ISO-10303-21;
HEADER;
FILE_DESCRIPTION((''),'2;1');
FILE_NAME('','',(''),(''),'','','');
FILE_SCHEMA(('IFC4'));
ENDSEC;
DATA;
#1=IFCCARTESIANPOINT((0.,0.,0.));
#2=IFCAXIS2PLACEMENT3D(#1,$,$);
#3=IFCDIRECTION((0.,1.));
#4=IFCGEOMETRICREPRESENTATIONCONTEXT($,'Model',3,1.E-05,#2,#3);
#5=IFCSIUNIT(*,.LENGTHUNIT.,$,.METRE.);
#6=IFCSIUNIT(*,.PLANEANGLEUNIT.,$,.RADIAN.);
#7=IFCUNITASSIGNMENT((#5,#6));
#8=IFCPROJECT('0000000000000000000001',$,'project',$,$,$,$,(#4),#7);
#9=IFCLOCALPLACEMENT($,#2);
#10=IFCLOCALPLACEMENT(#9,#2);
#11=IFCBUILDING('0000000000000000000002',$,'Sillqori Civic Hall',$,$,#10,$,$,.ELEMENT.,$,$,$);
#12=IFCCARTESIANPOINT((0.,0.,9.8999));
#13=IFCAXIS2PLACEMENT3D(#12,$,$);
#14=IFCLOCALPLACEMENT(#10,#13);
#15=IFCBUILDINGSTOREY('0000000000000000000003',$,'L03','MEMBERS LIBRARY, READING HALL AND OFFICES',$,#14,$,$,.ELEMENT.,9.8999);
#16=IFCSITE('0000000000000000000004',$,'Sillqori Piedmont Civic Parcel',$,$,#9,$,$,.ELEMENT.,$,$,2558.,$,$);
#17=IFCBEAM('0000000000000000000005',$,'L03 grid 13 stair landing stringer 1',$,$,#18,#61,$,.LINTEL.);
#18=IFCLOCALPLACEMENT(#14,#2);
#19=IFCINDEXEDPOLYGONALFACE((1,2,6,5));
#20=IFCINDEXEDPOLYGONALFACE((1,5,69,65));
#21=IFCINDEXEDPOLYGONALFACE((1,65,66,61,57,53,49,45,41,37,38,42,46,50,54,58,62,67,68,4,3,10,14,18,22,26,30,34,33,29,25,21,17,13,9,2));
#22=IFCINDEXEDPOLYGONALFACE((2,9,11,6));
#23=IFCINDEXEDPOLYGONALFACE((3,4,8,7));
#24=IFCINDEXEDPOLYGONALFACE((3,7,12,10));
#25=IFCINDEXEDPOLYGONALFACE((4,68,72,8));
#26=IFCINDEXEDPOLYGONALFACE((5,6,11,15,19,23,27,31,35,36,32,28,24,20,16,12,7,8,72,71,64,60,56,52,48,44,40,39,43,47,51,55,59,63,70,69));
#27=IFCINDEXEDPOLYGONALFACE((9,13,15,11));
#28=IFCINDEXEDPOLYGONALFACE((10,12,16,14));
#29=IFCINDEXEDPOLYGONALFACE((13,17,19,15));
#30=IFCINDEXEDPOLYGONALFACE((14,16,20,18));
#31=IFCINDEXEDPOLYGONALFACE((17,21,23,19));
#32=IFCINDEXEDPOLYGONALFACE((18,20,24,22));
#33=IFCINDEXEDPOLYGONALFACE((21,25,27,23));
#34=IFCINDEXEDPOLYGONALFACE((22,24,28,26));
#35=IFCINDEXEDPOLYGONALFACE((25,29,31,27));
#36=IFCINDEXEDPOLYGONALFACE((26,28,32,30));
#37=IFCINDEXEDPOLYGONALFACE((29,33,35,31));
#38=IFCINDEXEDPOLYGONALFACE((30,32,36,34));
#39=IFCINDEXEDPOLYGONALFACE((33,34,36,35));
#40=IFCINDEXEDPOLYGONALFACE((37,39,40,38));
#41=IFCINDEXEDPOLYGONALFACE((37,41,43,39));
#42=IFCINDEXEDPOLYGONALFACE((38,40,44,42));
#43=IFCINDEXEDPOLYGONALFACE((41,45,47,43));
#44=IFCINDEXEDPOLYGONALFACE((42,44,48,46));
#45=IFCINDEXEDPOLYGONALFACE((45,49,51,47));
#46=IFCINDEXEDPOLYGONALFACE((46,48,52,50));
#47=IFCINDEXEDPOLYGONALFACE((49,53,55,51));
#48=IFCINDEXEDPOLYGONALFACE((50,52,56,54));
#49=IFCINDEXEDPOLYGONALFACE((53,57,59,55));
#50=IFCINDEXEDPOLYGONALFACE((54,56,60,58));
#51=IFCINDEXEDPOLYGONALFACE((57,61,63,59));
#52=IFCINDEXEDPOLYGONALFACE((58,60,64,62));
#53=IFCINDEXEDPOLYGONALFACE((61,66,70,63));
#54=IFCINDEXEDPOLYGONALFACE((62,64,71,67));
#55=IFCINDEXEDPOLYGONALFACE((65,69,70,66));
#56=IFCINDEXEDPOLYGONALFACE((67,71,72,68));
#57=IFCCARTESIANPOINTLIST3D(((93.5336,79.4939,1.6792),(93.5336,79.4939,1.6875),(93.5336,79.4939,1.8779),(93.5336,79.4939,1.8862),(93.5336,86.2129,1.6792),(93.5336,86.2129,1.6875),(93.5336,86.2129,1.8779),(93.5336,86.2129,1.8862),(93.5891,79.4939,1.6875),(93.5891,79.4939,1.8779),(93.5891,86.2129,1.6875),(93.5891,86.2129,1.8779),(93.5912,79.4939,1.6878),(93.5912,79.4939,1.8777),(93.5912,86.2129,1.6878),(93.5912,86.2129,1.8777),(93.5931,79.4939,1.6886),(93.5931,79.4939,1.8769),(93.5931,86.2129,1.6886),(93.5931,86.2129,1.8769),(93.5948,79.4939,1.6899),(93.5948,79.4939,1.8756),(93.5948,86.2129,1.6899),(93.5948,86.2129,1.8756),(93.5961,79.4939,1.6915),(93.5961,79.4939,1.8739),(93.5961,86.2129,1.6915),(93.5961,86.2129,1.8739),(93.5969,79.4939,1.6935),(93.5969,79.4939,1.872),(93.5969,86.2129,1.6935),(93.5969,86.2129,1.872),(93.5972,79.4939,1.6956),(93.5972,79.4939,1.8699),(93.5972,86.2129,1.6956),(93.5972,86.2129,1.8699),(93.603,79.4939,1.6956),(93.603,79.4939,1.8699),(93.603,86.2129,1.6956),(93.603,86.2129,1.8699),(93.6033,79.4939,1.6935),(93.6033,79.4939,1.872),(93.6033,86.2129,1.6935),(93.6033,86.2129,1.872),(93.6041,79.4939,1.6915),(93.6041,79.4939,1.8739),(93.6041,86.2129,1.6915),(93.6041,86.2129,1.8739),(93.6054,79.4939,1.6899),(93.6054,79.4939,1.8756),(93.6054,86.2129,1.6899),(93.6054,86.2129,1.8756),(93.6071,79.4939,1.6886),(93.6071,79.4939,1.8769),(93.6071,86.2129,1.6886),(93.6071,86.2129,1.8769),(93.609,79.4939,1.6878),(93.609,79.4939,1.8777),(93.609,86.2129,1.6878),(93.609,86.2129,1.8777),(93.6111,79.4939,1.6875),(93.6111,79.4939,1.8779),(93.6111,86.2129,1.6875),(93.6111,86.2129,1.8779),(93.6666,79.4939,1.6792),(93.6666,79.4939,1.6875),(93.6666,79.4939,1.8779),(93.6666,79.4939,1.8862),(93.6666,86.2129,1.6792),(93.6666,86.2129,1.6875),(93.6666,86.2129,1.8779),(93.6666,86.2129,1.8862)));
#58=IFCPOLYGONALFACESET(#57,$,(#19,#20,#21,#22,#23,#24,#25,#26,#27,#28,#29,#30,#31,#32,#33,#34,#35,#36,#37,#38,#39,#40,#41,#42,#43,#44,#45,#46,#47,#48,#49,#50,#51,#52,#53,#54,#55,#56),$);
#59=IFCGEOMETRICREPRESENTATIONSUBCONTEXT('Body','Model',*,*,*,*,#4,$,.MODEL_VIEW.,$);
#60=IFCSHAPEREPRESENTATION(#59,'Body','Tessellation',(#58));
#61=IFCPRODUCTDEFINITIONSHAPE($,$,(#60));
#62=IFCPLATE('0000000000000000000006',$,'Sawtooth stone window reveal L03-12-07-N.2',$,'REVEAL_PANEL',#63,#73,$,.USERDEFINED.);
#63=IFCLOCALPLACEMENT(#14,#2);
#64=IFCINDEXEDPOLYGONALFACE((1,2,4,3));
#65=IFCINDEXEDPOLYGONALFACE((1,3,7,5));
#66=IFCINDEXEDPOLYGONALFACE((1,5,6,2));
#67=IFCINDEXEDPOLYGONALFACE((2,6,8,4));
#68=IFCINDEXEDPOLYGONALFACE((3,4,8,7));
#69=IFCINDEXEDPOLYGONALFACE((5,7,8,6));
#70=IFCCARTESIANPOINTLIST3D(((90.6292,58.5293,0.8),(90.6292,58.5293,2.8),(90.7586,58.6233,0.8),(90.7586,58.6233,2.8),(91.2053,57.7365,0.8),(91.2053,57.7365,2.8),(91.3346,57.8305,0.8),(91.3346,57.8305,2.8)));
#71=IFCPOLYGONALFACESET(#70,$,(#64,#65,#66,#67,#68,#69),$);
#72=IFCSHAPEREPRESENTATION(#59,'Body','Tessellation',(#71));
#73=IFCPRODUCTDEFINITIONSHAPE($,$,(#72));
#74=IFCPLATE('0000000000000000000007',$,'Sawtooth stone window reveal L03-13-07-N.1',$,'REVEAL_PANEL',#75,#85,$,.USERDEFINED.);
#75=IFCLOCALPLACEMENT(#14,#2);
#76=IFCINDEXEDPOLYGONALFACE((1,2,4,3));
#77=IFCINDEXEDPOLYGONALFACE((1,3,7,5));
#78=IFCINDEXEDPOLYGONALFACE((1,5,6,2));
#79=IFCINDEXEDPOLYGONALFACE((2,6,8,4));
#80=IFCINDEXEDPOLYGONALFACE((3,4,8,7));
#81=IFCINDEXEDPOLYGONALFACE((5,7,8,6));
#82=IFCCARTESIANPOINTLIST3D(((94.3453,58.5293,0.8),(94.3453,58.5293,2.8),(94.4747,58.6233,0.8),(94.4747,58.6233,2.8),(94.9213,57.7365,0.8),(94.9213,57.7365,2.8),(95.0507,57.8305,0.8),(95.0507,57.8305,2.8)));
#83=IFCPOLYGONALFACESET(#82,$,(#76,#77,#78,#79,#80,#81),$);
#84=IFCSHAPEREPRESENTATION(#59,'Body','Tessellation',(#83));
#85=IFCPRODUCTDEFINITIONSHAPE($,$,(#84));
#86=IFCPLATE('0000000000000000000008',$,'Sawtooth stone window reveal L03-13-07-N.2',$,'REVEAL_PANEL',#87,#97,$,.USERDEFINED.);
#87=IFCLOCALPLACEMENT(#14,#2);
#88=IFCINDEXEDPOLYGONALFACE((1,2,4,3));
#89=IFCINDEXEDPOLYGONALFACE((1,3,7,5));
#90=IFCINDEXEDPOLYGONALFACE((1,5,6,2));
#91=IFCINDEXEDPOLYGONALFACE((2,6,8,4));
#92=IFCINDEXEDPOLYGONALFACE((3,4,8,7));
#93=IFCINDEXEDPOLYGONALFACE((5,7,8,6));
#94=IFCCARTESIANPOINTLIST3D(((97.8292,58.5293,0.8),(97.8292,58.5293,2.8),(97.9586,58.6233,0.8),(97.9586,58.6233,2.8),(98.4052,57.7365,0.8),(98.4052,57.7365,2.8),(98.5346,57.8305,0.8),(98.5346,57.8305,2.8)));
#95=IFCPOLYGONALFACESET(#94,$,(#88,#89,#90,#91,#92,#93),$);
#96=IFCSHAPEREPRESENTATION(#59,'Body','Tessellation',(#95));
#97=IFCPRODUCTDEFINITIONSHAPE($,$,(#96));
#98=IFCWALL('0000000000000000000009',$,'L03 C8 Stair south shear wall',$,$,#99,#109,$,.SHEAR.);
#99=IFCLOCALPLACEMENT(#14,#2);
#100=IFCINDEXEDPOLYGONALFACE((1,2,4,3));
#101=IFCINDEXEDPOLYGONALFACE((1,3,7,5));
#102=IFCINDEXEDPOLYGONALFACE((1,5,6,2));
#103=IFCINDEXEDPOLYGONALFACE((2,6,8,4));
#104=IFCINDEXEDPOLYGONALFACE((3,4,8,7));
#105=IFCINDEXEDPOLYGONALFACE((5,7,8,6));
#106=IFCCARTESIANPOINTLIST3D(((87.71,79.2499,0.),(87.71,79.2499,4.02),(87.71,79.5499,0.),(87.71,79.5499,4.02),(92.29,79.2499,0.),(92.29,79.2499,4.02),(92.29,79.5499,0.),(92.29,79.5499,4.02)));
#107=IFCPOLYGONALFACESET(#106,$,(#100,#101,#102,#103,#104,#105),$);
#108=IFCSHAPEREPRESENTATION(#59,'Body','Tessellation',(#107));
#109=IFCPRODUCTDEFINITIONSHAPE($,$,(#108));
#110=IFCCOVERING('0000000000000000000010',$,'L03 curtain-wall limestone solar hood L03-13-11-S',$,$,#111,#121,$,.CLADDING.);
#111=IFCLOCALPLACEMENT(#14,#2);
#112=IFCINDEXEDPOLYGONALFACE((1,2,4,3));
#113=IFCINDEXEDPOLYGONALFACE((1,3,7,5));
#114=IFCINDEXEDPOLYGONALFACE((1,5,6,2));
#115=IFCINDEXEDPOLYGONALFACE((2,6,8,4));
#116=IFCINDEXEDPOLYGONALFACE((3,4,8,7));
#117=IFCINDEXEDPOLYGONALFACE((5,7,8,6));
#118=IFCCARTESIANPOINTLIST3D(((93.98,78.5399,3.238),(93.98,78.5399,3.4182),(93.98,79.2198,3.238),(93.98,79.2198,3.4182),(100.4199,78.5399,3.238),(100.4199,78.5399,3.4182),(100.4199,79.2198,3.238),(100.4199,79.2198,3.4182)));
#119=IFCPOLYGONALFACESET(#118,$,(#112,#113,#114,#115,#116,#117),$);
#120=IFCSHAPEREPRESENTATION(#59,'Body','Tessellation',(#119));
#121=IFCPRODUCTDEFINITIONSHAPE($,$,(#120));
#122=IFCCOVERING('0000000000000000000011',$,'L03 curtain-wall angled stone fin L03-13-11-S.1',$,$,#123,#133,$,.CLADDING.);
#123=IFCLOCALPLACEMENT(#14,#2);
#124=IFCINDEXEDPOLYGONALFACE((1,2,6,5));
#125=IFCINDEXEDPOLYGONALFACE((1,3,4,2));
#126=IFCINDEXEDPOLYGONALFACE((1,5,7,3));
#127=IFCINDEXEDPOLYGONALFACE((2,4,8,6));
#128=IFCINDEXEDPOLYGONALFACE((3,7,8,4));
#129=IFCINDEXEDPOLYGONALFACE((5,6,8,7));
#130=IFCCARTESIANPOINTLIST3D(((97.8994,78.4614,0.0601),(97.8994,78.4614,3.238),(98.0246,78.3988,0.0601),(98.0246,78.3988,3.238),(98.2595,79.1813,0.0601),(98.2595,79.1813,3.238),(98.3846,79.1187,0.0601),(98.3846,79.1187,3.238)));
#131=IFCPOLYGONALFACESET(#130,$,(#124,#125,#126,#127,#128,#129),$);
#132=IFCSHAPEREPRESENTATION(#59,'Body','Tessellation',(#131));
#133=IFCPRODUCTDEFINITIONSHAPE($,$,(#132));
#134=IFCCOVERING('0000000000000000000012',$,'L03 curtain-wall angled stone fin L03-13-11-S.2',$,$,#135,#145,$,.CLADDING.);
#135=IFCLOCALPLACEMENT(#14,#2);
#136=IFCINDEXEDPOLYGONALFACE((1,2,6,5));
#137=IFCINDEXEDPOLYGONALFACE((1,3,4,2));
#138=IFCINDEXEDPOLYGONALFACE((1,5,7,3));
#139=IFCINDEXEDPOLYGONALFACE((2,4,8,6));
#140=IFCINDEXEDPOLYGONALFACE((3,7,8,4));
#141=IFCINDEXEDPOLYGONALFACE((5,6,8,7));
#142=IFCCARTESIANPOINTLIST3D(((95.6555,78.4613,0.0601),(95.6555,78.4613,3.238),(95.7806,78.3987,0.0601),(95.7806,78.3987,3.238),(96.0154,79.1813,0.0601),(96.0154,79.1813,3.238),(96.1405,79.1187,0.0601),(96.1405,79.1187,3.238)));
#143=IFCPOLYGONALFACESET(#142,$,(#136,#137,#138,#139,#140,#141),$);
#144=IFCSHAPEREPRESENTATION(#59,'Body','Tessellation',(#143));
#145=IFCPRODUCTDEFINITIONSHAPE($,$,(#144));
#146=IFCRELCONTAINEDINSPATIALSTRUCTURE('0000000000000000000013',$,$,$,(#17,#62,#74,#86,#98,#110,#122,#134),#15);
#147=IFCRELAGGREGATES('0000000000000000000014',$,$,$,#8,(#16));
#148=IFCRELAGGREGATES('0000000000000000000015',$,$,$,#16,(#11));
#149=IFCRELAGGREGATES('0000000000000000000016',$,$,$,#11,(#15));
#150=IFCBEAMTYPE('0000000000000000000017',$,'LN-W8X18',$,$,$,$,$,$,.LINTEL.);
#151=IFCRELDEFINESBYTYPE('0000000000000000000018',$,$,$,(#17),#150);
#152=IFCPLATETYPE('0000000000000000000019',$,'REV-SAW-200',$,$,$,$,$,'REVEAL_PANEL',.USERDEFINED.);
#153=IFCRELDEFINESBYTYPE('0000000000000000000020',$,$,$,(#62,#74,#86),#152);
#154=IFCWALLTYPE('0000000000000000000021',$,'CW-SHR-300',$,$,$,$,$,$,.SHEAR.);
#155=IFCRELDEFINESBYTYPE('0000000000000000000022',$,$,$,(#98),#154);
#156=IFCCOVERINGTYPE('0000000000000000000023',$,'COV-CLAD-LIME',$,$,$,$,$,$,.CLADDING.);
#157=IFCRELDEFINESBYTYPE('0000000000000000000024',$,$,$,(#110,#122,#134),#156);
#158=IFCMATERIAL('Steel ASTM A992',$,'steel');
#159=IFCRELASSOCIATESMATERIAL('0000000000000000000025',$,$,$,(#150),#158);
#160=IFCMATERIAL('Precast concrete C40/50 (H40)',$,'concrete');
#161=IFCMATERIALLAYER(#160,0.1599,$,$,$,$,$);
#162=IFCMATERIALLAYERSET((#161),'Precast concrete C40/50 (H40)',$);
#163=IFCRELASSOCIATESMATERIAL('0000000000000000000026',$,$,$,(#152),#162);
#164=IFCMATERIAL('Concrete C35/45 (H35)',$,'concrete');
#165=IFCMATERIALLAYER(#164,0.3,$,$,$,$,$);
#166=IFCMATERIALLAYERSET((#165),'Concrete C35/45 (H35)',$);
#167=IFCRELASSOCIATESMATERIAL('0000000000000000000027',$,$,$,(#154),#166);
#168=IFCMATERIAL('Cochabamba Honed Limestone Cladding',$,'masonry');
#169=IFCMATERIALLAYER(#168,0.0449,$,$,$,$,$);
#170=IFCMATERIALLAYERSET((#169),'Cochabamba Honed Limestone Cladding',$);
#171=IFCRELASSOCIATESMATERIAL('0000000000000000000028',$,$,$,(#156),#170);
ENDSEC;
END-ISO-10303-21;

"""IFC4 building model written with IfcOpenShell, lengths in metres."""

from ifc_helpers import new_model, si_unit, direction, frame, frame_2d, origin, origin_2d, place, context, subcontext, project, spatial, rectangle, i_section, extrude, material, layer, layer_set, material_profile, profile_set, type_object, element, save


model = new_model("IFC4")

# Units and contexts
model_context = context("Model", 3, precision=1e-05, world=origin(), true_north=direction((0.0, 1.0)))
body_context = subcontext(model_context, "Body", "Model", "MODEL_VIEW")
ifc_project = project(units=[si_unit("LENGTHUNIT", "METRE"), si_unit("PLANEANGLEUNIT", "RADIAN")], contexts=[model_context])

# Site, building, storey
site_placement = place(None, origin())
site = spatial("IfcSite", under=ifc_project, at=site_placement, Name="Sillqori Piedmont Civic Parcel", CompositionType="ELEMENT", RefElevation=2558.0)
building_placement = place(site_placement, origin())
building = spatial("IfcBuilding", under=site, at=building_placement, Name="Sillqori Civic Hall", CompositionType="ELEMENT")
storey_placement = place(building_placement, frame((0.0, 0.0, 9.8999)))
storey = spatial("IfcBuildingStorey", under=building, at=storey_placement, Name="L03", Description="MEMBERS LIBRARY, READING HALL AND OFFICES", CompositionType="ELEMENT", Elevation=9.8999)

# Shared definitions
ifc_material_1 = material(Name="Concrete C35/45 (H35)", Category="concrete")

# Shared definitions
ifc_material_2 = material(Name="Steel ASTM A992", Category="steel")

# Beam
ifc_material_profile_1 = material_profile(ifc_material_2, i_section(OverallWidth=0.1331, OverallDepth=0.207, WebThickness=0.0059, FlangeThickness=0.0083, FilletRadius=0.0081, at=origin_2d()), Name="W8X18")
ifc_profile_set_1 = profile_set([ifc_material_profile_1], Name="Steel ASTM A992")
beam_type_1 = type_object("IfcBeamType", Name="LN-W8X18", PredefinedType="LINTEL", material=ifc_profile_set_1)
for number, where, z_axis, x_axis, name in (
    (1, (93.6001, 79.4939, 1.7827), (0.0, 1.0, 0.0), (-1.0, 0.0, 0.0), "L03 grid 13 stair landing stringer 1"),
):
    element("IfcBeam", number, at=place(storey_placement, frame(where, z_axis=z_axis, x_axis=x_axis)), inside=storey, type_object=beam_type_1, Name=name, PredefinedType="LINTEL", context=body_context, shape_type="SweptSolid", body=[
        extrude(i_section(OverallWidth=0.1331, OverallDepth=0.207, WebThickness=0.0059, FlangeThickness=0.0083, FilletRadius=0.0081, at=origin_2d()), origin(), (0.0, 0.0, 1.0), 6.719),
    ])

# Plates
ifc_material_3 = material(Name="Precast concrete C40/50 (H40)", Category="concrete")
ifc_layer_1 = layer(ifc_material_3, 0.1599)
ifc_layer_set_1 = layer_set([ifc_layer_1], Name="Precast concrete C40/50 (H40)")
plate_type_1 = type_object("IfcPlateType", Name="REV-SAW-200", ElementType="REVEAL_PANEL", PredefinedType="USERDEFINED", material=ifc_layer_set_1)
for number, where, z_axis, x_axis, name in (
    (2, (90.9819, 58.1799, 0.8), (0.0, 0.0, 1.0), (0.809017, 0.587785, 0.0), "Sawtooth stone window reveal L03-12-07-N.2"),
    (3, (94.698, 58.1799, 0.8), (0.0, 0.0, 1.0), (0.809017, 0.587785, 0.0), "Sawtooth stone window reveal L03-13-07-N.1"),
    (4, (98.1819, 58.1799, 0.8), (0.0, 0.0, 1.0), (0.809017, 0.587785, 0.0), "Sawtooth stone window reveal L03-13-07-N.2"),
):
    element("IfcPlate", number, at=place(storey_placement, frame(where, z_axis=z_axis, x_axis=x_axis)), inside=storey, type_object=plate_type_1, Name=name, ObjectType="REVEAL_PANEL", PredefinedType="USERDEFINED", context=body_context, shape_type="SweptSolid", body=[
        extrude(rectangle(XDim=0.1599, YDim=0.98, at=origin_2d()), origin(), (0.0, 0.0, 1.0), 2.0),
    ])

# Wall
ifc_layer_2 = layer(ifc_material_1, 0.3)
ifc_layer_set_2 = layer_set([ifc_layer_2], Name="Concrete C35/45 (H35)")
wall_type = type_object("IfcWallType", Name="CW-SHR-300", PredefinedType="SHEAR", material=ifc_layer_set_2)
wall_placement = place(storey_placement, frame((87.71, 79.3999, 0.0), z_axis=(0.0, 0.0, 1.0), x_axis=(1.0, 0.0, 0.0)))
element("IfcWall", 5, at=wall_placement, inside=storey, type_object=wall_type, Name="L03 C8 Stair south shear wall", PredefinedType="SHEAR", context=body_context, shape_type="SweptSolid", body=[
    extrude(rectangle(XDim=4.5801, YDim=0.3, at=frame_2d((2.29, 0.0))), origin(), (0.0, 0.0, 1.0), 4.02),
])

# Coverings
ifc_material_4 = material(Name="Cochabamba Honed Limestone Cladding", Category="masonry")
ifc_layer_3 = layer(ifc_material_4, 0.0449)
ifc_layer_set_3 = layer_set([ifc_layer_3], Name="Cochabamba Honed Limestone Cladding")
covering_type = type_object("IfcCoveringType", Name="COV-CLAD-LIME", PredefinedType="CLADDING", material=ifc_layer_set_3)
covering_placement = place(storey_placement, frame((100.4199, 78.8799, 3.238), z_axis=(0.0, 0.0, 1.0), x_axis=(-1.0, 0.0, 0.0)))
element("IfcCovering", 6, at=covering_placement, inside=storey, type_object=covering_type, Name="L03 curtain-wall limestone solar hood L03-13-11-S", PredefinedType="CLADDING", context=body_context, shape_type="SweptSolid", body=[
    extrude(rectangle(XDim=6.4399, YDim=0.6799, at=frame_2d((3.22, 0.0))), origin(), (0.0, 0.0, 1.0), 0.1802),
])
for number, where, z_axis, x_axis, name in (
    (7, (98.322, 79.1499, 0.0601), (0.0, 0.0, 1.0), (-0.447335, -0.894367, 0.0), "L03 curtain-wall angled stone fin L03-13-11-S.1"),
    (8, (96.0779, 79.1499, 0.0601), (0.0, 0.0, 1.0), (-0.447092, -0.894488, 0.0), "L03 curtain-wall angled stone fin L03-13-11-S.2"),
):
    element("IfcCovering", number, at=place(storey_placement, frame(where, z_axis=z_axis, x_axis=x_axis)), inside=storey, type_object=covering_type, Name=name, PredefinedType="CLADDING", context=body_context, shape_type="SweptSolid", body=[
        extrude(rectangle(XDim=0.8049, YDim=0.1399, at=frame_2d((0.4023, 0.0))), origin(), (0.0, 0.0, 1.0), 3.178),
    ])

save(model, "model.ifc")
